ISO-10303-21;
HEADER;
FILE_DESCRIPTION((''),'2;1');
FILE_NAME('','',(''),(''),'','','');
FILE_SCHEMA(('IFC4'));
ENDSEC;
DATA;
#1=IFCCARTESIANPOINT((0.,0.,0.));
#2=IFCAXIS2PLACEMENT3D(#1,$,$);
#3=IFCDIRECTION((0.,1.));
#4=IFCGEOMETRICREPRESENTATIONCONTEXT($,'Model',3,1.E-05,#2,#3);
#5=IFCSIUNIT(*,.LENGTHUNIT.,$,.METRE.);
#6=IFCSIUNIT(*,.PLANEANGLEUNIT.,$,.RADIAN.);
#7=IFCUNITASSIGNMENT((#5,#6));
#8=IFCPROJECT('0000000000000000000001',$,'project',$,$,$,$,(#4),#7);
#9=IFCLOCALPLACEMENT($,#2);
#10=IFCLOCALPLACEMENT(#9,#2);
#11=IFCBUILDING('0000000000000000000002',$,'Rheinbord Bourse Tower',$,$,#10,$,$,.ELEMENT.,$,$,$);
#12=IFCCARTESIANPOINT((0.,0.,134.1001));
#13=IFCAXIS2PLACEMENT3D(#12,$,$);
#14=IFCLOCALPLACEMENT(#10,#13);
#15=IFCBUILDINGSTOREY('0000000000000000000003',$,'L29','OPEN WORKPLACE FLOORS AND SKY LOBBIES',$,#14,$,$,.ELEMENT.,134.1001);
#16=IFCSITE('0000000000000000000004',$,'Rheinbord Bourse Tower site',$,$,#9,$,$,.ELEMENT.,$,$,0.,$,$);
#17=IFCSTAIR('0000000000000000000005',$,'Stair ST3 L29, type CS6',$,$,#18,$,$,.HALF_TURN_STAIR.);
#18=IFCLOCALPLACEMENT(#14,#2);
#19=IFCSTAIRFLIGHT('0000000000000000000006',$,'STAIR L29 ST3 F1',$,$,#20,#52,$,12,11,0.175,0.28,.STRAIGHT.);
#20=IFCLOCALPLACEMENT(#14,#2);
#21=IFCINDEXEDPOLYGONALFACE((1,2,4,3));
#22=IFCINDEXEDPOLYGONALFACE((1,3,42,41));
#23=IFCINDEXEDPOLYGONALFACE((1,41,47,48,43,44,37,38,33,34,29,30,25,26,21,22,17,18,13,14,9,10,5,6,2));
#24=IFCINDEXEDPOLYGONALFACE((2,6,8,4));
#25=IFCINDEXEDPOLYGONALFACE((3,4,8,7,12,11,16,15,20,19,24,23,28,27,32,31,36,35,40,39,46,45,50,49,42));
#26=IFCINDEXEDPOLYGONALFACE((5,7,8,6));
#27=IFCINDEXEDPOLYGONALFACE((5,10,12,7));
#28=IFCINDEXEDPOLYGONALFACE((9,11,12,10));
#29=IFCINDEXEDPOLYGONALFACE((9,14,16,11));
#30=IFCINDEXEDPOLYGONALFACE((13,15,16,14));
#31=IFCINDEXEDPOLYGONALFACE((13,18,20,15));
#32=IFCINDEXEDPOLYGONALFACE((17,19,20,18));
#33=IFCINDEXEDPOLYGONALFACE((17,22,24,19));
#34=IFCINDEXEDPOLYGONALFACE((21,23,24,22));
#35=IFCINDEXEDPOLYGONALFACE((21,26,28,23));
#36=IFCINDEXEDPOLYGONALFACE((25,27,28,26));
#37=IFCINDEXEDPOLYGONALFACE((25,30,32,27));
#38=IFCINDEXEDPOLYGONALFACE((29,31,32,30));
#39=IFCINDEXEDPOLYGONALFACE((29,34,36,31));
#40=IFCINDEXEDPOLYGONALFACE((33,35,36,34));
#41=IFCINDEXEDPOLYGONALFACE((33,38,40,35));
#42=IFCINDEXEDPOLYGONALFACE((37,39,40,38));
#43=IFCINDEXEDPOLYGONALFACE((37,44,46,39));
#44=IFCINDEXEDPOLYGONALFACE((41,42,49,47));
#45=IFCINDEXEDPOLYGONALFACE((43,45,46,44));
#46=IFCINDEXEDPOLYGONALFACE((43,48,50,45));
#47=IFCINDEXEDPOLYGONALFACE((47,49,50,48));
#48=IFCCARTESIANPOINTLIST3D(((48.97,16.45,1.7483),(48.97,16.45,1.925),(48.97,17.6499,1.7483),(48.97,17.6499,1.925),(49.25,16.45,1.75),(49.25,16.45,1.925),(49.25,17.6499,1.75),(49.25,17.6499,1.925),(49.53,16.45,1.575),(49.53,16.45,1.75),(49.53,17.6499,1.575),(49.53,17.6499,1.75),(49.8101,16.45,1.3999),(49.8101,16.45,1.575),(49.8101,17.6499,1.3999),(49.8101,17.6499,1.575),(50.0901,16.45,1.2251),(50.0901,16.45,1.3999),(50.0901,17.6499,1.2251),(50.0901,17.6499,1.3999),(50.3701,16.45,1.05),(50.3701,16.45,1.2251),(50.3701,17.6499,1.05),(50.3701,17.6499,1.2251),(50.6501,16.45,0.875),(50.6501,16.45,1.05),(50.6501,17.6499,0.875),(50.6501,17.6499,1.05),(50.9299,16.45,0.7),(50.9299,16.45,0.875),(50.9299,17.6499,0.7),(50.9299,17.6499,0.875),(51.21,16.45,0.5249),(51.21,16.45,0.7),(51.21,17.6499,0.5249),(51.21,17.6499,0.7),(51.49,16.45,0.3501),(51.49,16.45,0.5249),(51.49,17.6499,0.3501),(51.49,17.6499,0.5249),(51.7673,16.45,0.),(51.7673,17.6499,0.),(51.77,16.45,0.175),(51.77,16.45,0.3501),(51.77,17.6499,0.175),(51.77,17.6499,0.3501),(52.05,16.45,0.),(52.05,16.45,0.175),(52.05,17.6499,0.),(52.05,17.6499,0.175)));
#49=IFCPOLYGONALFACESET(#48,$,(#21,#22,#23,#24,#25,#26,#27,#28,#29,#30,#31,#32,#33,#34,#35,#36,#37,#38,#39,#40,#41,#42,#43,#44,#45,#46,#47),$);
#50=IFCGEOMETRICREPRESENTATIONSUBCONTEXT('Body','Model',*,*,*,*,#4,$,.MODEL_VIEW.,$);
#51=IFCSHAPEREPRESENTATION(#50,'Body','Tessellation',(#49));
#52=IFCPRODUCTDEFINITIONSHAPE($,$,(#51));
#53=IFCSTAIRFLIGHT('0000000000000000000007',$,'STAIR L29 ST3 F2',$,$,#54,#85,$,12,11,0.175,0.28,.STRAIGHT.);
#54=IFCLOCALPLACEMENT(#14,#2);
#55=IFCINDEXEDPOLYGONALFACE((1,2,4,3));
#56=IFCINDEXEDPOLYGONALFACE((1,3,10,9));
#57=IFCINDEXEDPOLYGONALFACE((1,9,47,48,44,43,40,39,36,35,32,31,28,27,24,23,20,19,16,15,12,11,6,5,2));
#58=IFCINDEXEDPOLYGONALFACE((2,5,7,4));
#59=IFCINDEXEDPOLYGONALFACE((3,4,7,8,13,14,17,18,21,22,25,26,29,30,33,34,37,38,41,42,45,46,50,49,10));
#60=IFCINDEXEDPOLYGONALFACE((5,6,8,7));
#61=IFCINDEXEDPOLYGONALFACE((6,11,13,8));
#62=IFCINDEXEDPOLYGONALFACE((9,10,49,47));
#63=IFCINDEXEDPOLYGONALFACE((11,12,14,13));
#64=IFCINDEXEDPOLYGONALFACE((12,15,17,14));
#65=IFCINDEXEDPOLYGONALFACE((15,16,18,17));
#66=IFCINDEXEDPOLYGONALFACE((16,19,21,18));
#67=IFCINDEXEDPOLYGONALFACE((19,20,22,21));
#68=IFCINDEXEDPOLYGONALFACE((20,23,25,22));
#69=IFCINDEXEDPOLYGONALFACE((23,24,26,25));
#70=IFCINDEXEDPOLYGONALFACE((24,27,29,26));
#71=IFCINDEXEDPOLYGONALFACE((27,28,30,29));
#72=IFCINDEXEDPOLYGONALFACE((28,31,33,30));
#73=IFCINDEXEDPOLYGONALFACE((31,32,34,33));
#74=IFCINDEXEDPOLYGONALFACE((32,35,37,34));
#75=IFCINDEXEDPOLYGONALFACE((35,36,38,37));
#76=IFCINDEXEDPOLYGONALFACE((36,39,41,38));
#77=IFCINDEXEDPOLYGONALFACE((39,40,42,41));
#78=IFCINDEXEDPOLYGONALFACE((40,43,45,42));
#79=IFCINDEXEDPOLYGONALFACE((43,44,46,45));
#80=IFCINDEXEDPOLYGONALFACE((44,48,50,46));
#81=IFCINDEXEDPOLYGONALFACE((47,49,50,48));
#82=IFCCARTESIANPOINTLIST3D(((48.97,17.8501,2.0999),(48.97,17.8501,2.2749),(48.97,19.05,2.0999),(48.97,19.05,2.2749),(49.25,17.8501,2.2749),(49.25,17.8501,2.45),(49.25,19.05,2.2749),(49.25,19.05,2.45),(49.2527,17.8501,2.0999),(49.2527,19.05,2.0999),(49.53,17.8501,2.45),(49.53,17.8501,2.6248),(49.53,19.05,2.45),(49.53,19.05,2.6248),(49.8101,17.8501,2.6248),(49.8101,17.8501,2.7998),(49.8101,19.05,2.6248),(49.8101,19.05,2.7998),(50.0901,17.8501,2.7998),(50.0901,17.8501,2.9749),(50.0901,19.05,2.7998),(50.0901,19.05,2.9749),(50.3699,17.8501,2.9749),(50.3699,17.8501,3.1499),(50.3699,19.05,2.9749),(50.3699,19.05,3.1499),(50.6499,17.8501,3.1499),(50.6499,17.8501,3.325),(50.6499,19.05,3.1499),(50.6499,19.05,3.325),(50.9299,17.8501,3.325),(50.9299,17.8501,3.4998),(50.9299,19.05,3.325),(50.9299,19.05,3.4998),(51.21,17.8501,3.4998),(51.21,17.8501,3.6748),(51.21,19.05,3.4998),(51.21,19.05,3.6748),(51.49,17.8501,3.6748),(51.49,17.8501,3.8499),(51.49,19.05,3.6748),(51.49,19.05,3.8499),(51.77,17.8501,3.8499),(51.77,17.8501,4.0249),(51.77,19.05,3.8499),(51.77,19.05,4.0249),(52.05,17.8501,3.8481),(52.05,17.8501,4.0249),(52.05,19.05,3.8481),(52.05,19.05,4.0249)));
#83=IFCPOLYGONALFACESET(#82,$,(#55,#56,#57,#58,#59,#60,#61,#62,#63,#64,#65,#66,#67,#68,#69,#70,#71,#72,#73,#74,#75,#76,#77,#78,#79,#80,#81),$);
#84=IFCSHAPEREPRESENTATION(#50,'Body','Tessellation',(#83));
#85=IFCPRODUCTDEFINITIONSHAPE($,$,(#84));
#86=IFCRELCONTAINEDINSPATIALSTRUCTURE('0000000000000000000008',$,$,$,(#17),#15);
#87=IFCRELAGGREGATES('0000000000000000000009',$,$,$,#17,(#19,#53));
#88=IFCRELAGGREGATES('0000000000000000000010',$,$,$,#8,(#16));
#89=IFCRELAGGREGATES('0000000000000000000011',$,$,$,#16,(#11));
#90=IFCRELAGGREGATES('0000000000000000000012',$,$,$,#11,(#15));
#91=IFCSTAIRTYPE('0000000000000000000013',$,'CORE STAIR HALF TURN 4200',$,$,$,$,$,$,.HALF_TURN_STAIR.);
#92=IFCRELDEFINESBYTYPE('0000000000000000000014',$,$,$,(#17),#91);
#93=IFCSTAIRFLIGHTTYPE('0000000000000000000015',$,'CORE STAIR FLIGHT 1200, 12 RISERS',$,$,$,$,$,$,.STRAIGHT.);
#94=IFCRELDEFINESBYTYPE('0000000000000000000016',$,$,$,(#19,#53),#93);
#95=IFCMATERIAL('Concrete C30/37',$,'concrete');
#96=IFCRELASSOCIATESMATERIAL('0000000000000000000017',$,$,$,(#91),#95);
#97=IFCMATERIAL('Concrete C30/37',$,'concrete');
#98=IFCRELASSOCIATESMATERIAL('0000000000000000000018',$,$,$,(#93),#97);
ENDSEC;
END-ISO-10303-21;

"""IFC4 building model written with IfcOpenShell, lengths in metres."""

from ifc_helpers import new_model, si_unit, direction, frame, origin, place, context, subcontext, project, spatial, polyline, outline, extrude, material, type_object, element, aggregate, save


model = new_model("IFC4")

# Units and contexts
model_context = context("Model", 3, precision=1e-05, world=origin(), true_north=direction((0.0, 1.0)))
body_context = subcontext(model_context, "Body", "Model", "MODEL_VIEW")
ifc_project = project(units=[si_unit("LENGTHUNIT", "METRE"), si_unit("PLANEANGLEUNIT", "RADIAN")], contexts=[model_context])

# Site, building, storey
site_placement = place(None, origin())
site = spatial("IfcSite", under=ifc_project, at=site_placement, Name="Rheinbord Bourse Tower site", CompositionType="ELEMENT", RefElevation=0.0)
building_placement = place(site_placement, origin())
building = spatial("IfcBuilding", under=site, at=building_placement, Name="Rheinbord Bourse Tower", CompositionType="ELEMENT")
storey_placement = place(building_placement, frame((0.0, 0.0, 134.1001)))
storey = spatial("IfcBuildingStorey", under=building, at=storey_placement, Name="L29", Description="OPEN WORKPLACE FLOORS AND SKY LOBBIES", CompositionType="ELEMENT", Elevation=134.1001)

# Stair, stair flights
ifc_material_1 = material(Name="Concrete C30/37", Category="concrete")
stair_type = type_object("IfcStairType", Name="CORE STAIR HALF TURN 4200", PredefinedType="HALF_TURN_STAIR", material=ifc_material_1)
stair_placement = place(storey_placement, origin())
stair = element("IfcStair", 1, at=stair_placement, inside=storey, type_object=stair_type, Name="Stair ST3 L29, type CS6", PredefinedType="HALF_TURN_STAIR")
ifc_material_2 = material(Name="Concrete C30/37", Category="concrete")
stair_flight_type = type_object("IfcStairFlightType", Name="CORE STAIR FLIGHT 1200, 12 RISERS", PredefinedType="STRAIGHT", material=ifc_material_2)
stair_flight_1_placement = place(storey_placement, frame((52.05, 17.05, 0.0), z_axis=(0.0, 0.0, 1.0), x_axis=(-1.0, 0.0, 0.0)))
stair_flight_1 = element("IfcStairFlight", 2, at=stair_flight_1_placement, type_object=stair_flight_type, Name="STAIR L29 ST3 F1", NumberOfRisers=12, NumberOfTreads=11, PredefinedType="STRAIGHT", RiserHeight=0.175, TreadLength=0.28, context=body_context, shape_type="SweptSolid", body=[
    extrude(outline(polyline([(0.0, 0.0), (0.0, 0.175), (0.28, 0.175), (0.28, 0.3501), (0.5601, 0.3501), (0.5601, 0.5249), (0.8401, 0.5249), (0.8401, 0.7), (1.1201, 0.7), (1.1201, 0.875), (1.3999, 0.875), (1.3999, 1.05), (1.6799, 1.05), (1.6799, 1.2251), (1.96, 1.2251), (1.96, 1.3999), (2.24, 1.3999), (2.24, 1.575), (2.52, 1.575), (2.52, 1.75), (2.8, 1.75), (2.8, 1.925), (3.0801, 1.925), (3.0801, 2.1001), (3.0801, 1.7483), (0.2827, 0.0), (0.0, 0.0)])), frame((0.0, 0.6001, 0.0), z_axis=(0.0, -1.0, 0.0), x_axis=(1.0, 0.0, 0.0)), (0.0, 0.0, 1.0), 1.2),
])
stair_flight_2_placement = place(storey_placement, frame((48.97, 18.45, 2.0999), z_axis=(0.0, 0.0, 1.0), x_axis=(1.0, 0.0, 0.0)))
stair_flight_2 = element("IfcStairFlight", 3, at=stair_flight_2_placement, type_object=stair_flight_type, Name="STAIR L29 ST3 F2", NumberOfRisers=12, NumberOfTreads=11, PredefinedType="STRAIGHT", RiserHeight=0.175, TreadLength=0.28, context=body_context, shape_type="SweptSolid", body=[
    extrude(outline(polyline([(0.0, 0.0), (0.0, 0.175), (0.28, 0.175), (0.28, 0.3501), (0.5601, 0.3501), (0.5601, 0.5249), (0.8401, 0.5249), (0.8401, 0.7), (1.1201, 0.7), (1.1201, 0.875), (1.3999, 0.875), (1.3999, 1.05), (1.6799, 1.05), (1.6799, 1.2251), (1.96, 1.2251), (1.96, 1.3999), (2.24, 1.3999), (2.24, 1.575), (2.52, 1.575), (2.52, 1.75), (2.8, 1.75), (2.8, 1.925), (3.0801, 1.925), (3.0801, 2.1001), (3.0801, 1.7483), (0.2827, 0.0), (0.0, 0.0)])), frame((0.0, 0.6001, 0.0), z_axis=(0.0, -1.0, 0.0), x_axis=(1.0, 0.0, 0.0)), (0.0, 0.0, 1.0), 1.2),
])
aggregate(stair, [stair_flight_1, stair_flight_2])

save(model, "model.ifc")
